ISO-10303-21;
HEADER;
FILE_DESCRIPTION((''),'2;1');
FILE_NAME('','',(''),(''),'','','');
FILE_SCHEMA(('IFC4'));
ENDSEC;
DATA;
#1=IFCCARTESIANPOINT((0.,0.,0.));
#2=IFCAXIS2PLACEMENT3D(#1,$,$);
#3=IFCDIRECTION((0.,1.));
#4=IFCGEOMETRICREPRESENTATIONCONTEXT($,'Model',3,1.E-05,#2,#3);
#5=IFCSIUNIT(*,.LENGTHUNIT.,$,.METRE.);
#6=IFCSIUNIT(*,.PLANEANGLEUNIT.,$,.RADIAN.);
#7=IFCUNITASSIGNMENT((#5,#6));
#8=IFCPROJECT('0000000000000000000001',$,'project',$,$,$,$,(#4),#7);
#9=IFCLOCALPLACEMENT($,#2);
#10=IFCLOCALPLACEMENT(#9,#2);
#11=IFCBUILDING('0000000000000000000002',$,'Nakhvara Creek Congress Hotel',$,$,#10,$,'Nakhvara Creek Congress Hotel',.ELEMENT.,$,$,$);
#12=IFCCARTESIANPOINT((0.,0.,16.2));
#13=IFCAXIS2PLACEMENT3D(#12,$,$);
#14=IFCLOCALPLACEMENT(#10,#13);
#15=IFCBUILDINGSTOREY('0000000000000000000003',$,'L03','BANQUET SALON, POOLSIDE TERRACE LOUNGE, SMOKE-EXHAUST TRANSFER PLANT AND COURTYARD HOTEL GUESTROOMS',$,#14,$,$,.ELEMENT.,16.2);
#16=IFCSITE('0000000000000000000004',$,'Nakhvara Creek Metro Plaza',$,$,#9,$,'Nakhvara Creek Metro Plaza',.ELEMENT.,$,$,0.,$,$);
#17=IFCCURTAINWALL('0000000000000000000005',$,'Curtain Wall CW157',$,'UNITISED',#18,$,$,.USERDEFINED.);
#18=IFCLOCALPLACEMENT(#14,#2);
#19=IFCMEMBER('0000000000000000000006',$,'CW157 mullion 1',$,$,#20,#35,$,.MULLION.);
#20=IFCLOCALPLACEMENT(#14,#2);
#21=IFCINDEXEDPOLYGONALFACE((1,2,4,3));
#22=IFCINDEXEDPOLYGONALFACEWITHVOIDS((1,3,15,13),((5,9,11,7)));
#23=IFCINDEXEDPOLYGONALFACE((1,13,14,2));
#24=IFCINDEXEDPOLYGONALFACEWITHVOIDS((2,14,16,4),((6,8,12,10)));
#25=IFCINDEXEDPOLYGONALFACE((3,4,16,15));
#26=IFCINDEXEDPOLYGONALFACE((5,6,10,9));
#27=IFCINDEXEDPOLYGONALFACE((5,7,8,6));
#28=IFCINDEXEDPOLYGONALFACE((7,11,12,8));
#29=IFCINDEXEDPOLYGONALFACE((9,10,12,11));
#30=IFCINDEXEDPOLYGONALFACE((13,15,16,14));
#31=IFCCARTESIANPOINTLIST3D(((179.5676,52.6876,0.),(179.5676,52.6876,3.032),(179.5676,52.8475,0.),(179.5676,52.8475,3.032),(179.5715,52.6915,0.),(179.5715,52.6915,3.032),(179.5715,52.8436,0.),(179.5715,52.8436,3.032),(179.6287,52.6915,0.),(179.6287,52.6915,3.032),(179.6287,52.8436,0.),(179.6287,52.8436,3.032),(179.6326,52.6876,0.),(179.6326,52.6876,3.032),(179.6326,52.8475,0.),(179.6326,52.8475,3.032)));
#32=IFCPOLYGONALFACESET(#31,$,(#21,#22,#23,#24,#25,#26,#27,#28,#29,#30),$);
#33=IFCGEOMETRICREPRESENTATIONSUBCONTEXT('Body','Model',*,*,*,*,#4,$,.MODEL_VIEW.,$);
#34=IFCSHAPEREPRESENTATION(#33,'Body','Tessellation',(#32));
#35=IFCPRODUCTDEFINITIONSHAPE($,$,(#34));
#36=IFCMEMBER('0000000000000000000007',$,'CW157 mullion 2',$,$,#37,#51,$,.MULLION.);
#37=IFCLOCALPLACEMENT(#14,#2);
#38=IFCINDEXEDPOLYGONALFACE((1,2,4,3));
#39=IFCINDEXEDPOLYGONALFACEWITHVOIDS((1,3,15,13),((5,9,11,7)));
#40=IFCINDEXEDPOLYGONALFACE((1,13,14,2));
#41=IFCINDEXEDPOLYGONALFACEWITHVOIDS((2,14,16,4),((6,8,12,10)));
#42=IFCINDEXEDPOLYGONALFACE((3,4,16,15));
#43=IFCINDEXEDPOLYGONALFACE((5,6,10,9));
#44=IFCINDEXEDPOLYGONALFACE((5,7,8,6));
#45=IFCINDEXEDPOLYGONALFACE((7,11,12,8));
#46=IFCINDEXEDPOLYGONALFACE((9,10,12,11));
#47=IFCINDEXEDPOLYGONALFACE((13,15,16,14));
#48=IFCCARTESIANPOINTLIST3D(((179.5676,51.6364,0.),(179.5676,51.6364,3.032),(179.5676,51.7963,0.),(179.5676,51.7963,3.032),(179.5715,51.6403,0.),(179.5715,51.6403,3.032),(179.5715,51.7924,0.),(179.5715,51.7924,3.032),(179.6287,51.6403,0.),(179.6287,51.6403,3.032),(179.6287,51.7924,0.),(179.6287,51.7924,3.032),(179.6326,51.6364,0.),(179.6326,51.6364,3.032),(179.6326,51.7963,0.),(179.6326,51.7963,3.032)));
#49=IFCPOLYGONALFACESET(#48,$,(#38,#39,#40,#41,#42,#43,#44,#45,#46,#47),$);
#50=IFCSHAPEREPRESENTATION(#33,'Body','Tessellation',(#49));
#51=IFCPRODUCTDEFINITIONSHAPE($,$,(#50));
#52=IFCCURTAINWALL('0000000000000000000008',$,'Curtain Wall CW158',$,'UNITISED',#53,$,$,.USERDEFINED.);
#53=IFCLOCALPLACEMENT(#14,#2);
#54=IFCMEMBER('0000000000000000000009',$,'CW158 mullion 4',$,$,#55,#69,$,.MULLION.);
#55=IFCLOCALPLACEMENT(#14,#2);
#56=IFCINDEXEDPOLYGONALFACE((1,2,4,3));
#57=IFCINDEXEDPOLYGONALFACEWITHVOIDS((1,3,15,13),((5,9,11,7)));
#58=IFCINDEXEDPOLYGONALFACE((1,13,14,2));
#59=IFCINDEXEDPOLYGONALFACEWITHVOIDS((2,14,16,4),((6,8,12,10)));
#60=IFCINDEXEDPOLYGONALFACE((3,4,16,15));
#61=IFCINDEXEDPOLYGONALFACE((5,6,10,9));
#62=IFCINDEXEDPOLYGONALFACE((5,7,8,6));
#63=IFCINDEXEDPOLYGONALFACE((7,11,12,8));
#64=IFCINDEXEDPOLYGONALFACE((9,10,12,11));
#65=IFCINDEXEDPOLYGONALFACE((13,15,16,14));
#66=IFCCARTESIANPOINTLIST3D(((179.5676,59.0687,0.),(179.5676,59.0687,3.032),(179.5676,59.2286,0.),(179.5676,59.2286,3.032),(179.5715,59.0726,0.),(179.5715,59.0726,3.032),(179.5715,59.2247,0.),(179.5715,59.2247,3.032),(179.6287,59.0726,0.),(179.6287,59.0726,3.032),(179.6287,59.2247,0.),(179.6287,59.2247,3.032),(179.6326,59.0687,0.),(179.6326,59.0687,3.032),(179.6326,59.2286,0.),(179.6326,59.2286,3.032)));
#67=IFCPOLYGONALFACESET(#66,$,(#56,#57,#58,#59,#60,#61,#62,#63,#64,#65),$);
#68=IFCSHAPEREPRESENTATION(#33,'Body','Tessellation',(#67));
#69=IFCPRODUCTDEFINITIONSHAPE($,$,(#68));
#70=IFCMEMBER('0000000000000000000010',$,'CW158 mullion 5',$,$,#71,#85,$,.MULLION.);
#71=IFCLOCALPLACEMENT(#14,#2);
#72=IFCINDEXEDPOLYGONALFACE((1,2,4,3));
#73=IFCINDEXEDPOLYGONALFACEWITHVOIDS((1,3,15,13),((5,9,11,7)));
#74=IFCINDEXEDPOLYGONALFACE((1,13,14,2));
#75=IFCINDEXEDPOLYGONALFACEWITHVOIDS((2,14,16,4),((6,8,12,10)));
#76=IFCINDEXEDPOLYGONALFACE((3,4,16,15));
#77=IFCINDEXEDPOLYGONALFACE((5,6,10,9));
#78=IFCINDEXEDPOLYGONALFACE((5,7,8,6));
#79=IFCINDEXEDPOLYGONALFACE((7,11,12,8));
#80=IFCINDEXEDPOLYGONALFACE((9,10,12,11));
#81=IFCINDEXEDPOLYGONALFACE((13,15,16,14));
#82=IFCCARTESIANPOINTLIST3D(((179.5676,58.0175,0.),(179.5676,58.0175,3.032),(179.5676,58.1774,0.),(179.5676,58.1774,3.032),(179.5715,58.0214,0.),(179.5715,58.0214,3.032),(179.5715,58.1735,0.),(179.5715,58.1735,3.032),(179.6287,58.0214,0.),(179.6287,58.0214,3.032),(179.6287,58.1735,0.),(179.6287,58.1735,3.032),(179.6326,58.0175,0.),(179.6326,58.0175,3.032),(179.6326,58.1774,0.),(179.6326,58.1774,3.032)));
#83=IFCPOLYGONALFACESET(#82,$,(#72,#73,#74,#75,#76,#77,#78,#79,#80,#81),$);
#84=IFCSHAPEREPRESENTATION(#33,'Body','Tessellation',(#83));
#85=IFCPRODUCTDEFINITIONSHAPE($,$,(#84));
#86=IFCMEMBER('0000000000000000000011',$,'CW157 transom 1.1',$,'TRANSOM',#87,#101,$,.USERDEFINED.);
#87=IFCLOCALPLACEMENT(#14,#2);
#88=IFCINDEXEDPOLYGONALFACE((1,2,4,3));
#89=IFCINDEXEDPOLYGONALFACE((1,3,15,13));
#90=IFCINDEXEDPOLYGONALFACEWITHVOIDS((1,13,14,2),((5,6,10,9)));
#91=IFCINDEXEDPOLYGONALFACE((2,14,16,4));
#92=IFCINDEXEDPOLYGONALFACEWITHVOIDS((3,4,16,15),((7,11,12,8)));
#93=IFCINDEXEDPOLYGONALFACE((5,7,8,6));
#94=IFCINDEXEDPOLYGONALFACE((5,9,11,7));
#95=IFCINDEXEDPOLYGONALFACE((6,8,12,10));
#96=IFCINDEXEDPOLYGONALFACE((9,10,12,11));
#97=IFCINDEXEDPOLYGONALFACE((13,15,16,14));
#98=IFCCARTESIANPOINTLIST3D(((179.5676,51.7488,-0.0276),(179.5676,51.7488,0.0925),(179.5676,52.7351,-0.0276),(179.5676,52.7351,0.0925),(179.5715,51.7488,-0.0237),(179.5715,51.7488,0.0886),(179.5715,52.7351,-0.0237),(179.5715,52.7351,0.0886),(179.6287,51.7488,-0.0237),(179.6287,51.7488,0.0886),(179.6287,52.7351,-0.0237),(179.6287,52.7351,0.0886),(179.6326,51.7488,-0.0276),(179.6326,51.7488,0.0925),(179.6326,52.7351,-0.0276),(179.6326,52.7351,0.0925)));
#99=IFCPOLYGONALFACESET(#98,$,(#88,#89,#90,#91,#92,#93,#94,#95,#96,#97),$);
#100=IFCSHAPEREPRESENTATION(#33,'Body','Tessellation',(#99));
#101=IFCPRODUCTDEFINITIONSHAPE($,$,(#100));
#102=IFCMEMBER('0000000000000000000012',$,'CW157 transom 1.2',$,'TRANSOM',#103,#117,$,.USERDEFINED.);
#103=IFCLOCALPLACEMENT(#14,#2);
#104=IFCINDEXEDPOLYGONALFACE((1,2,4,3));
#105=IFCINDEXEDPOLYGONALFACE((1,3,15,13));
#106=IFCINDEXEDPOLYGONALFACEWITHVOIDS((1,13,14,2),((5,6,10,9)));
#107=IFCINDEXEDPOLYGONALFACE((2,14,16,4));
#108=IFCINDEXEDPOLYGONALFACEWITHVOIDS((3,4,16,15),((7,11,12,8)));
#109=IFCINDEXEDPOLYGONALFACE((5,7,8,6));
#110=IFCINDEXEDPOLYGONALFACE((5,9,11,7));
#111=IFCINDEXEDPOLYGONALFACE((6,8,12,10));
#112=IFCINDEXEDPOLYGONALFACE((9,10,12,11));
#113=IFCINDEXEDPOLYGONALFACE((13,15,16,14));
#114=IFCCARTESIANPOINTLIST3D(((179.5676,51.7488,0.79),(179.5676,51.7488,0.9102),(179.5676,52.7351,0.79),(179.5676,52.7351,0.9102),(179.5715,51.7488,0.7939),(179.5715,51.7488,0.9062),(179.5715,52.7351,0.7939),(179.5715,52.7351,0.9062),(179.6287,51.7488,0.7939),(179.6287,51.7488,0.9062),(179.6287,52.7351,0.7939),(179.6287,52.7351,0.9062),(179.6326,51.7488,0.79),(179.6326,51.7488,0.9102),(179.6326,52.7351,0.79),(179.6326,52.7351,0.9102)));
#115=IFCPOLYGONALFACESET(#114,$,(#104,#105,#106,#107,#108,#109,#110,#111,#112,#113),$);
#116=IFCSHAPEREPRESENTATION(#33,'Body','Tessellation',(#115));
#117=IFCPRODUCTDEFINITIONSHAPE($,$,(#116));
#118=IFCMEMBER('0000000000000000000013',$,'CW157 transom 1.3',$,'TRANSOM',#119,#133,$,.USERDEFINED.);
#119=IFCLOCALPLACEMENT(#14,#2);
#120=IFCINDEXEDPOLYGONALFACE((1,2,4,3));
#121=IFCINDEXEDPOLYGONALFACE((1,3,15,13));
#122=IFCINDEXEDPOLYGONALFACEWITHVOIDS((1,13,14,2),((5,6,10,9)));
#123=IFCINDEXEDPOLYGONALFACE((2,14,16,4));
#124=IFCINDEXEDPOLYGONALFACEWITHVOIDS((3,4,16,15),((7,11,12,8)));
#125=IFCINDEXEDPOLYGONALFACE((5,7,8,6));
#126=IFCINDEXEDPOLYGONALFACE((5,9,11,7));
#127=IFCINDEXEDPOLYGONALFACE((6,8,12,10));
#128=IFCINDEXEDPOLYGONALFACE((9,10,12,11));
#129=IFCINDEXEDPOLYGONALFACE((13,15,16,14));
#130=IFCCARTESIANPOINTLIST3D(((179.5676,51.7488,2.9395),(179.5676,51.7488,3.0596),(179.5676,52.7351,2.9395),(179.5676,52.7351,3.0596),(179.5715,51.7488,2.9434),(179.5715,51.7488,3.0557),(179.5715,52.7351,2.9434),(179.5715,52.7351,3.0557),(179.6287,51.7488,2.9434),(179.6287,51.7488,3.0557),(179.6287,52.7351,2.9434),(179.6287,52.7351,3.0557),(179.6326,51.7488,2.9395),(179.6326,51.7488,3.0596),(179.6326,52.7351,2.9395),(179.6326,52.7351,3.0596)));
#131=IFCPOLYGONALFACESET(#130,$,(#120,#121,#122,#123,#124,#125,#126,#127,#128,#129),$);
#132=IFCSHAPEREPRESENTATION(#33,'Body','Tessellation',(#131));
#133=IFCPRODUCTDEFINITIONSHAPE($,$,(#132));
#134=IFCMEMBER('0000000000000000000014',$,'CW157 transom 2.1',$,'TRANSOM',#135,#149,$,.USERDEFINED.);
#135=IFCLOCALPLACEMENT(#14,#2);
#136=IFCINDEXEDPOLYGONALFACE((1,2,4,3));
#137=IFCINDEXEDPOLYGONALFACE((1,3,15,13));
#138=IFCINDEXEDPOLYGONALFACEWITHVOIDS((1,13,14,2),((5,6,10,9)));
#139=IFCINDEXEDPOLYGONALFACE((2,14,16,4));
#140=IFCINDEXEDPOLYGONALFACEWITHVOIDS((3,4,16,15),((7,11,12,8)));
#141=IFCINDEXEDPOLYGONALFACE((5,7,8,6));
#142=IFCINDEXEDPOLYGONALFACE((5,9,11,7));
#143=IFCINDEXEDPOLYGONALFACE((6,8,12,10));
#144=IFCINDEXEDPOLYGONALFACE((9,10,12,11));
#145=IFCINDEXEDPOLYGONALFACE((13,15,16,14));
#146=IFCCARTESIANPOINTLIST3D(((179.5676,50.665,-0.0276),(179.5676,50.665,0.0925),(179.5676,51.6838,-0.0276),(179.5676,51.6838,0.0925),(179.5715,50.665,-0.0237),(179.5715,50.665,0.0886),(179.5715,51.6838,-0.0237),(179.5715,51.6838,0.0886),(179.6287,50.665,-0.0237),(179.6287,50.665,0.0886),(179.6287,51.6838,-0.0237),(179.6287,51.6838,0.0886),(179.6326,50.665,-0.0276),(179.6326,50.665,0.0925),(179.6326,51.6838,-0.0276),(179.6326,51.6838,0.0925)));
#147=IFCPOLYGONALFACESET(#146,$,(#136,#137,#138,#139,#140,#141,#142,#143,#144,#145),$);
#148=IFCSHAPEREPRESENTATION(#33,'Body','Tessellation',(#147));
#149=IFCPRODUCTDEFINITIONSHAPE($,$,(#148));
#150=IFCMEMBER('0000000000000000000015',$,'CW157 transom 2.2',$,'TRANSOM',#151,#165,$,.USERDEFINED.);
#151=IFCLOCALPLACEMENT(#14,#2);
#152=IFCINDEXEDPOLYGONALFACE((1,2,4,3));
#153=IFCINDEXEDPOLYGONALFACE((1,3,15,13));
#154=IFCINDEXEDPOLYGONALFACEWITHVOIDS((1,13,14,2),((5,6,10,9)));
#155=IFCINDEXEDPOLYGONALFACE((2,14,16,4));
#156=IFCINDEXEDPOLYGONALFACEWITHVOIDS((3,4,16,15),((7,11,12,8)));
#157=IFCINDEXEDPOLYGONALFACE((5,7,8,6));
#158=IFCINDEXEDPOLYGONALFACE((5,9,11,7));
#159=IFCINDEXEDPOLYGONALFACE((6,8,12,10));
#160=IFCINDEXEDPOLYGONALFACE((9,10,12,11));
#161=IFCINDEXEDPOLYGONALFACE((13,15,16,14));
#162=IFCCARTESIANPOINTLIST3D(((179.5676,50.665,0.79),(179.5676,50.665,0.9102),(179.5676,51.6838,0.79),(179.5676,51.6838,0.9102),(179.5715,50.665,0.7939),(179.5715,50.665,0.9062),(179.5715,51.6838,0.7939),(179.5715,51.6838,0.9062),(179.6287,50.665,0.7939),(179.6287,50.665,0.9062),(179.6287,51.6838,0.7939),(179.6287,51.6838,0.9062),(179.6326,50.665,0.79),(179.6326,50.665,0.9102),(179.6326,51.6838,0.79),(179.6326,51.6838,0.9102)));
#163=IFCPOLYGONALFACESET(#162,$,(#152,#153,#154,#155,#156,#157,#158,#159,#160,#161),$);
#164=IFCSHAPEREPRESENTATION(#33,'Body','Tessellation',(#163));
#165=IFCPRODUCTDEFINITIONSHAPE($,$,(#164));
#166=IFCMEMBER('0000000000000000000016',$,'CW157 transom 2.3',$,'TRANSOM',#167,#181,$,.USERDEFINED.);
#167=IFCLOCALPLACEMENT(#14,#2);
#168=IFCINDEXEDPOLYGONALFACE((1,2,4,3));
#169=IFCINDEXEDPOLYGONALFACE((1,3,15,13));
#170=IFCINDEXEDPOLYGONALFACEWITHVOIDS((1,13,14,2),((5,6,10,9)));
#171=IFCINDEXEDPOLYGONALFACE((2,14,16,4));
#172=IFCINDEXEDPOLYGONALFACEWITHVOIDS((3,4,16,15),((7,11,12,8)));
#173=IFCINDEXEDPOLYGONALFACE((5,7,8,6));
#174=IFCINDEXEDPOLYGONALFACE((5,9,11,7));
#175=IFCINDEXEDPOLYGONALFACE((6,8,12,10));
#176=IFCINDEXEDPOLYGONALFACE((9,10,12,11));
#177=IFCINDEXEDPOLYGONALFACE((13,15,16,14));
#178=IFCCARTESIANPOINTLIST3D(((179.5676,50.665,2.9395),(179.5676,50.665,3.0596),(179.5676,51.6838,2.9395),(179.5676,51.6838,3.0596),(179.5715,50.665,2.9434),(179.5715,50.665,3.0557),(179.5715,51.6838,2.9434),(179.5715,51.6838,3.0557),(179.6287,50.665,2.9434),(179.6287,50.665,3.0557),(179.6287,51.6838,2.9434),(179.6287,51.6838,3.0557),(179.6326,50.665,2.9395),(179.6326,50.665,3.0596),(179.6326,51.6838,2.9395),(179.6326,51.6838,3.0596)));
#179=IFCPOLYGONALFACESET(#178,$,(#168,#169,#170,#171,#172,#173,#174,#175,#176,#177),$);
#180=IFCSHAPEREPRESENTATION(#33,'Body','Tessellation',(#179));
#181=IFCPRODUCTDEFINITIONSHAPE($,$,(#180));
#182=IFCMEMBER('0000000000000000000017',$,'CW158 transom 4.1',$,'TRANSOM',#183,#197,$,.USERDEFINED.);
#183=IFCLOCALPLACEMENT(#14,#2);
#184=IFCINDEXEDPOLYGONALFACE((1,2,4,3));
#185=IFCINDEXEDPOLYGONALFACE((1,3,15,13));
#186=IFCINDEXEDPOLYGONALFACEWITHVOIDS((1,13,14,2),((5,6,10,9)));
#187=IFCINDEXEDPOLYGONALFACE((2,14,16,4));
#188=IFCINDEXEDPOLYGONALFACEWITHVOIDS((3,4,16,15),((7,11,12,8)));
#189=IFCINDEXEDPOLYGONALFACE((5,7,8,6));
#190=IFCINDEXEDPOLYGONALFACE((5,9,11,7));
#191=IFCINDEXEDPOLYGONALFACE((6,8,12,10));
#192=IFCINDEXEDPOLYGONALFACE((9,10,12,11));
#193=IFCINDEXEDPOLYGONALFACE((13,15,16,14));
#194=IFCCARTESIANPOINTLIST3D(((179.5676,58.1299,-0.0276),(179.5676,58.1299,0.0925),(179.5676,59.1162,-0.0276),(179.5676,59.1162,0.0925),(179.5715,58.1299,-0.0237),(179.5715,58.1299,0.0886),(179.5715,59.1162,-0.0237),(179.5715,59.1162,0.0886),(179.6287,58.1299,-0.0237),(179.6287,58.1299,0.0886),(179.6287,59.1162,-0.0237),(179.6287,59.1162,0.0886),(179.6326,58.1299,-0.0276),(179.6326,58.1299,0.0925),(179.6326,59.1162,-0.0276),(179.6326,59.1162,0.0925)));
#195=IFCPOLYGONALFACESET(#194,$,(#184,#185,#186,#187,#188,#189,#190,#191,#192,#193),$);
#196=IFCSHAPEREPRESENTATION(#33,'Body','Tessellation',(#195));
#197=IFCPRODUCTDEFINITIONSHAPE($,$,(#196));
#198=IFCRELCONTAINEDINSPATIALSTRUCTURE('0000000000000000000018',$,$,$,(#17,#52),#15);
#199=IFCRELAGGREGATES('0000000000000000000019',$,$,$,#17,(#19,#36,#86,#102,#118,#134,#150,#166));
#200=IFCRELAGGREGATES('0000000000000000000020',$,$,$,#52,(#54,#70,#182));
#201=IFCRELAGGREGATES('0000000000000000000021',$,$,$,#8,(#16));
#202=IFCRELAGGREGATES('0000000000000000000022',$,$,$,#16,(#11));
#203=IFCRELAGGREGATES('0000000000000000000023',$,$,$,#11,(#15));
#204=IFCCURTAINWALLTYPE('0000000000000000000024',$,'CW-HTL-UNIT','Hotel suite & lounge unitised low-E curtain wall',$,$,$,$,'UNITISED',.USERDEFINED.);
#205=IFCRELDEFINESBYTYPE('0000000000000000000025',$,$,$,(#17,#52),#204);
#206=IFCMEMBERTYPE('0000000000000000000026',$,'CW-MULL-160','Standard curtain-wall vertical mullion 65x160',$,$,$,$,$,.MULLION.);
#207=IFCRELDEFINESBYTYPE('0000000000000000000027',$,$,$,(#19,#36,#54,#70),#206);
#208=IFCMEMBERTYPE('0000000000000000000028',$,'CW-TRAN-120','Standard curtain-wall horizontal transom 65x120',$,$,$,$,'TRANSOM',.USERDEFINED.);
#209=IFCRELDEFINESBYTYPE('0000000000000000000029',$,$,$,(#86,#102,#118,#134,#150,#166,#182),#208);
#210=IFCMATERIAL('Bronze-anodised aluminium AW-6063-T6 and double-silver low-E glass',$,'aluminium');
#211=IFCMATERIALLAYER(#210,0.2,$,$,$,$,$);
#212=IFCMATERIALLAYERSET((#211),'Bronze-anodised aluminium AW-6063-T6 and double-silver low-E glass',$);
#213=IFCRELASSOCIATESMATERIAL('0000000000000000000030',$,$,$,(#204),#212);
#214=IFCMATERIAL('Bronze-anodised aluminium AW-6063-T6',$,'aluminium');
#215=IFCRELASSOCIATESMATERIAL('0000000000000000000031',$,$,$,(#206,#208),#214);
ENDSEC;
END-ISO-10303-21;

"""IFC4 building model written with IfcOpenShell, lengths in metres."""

from ifc_helpers import new_model, si_unit, direction, frame, origin, origin_2d, place, context, subcontext, project, spatial, hollow_rectangle, extrude, material, layer, layer_set, material_profile, profile_set, type_object, element, aggregate, save


model = new_model("IFC4")

# Units and contexts
model_context = context("Model", 3, precision=1e-05, world=origin(), true_north=direction((0.0, 1.0)))
body_context = subcontext(model_context, "Body", "Model", "MODEL_VIEW")
ifc_project = project(units=[si_unit("LENGTHUNIT", "METRE"), si_unit("PLANEANGLEUNIT", "RADIAN")], contexts=[model_context])

# Site, building, storey
site_placement = place(None, origin())
site = spatial("IfcSite", under=ifc_project, at=site_placement, Name="Nakhvara Creek Metro Plaza", LongName="Nakhvara Creek Metro Plaza", CompositionType="ELEMENT", RefElevation=0.0)
building_placement = place(site_placement, origin())
building = spatial("IfcBuilding", under=site, at=building_placement, Name="Nakhvara Creek Congress Hotel", LongName="Nakhvara Creek Congress Hotel", CompositionType="ELEMENT")
storey_placement = place(building_placement, frame((0.0, 0.0, 16.2)))
storey = spatial("IfcBuildingStorey", under=building, at=storey_placement, Name="L03", Description="BANQUET SALON, POOLSIDE TERRACE LOUNGE, SMOKE-EXHAUST TRANSFER PLANT AND COURTYARD HOTEL GUESTROOMS", CompositionType="ELEMENT", Elevation=16.2)

# Curtain walls, members
ifc_material_1 = material(Name="Bronze-anodised aluminium AW-6063-T6 and double-silver low-E glass", Category="aluminium")
ifc_layer = layer(ifc_material_1, 0.2)
ifc_layer_set = layer_set([ifc_layer], Name="Bronze-anodised aluminium AW-6063-T6 and double-silver low-E glass")
curtain_wall_type = type_object("IfcCurtainWallType", Name="CW-HTL-UNIT", Description="Hotel suite & lounge unitised low-E curtain wall", ElementType="UNITISED", PredefinedType="USERDEFINED", material=ifc_layer_set)
curtain_wall_1_placement = place(storey_placement, origin())
curtain_wall_1 = element("IfcCurtainWall", 1, at=curtain_wall_1_placement, inside=storey, type_object=curtain_wall_type, Name="Curtain Wall CW157", ObjectType="UNITISED", PredefinedType="USERDEFINED")
ifc_material_2 = material(Name="Bronze-anodised aluminium AW-6063-T6", Category="aluminium")
ifc_material_profile_1 = material_profile(ifc_material_2, hollow_rectangle(XDim=0.0649, YDim=0.1599, WallThickness=0.0039, at=origin_2d()), Name="ALU-MULL 65x160x4", Category="LoadBearing")
ifc_profile_set_1 = profile_set([ifc_material_profile_1], Name="Bronze-anodised aluminium AW-6063-T6")
member_type_1 = type_object("IfcMemberType", Name="CW-MULL-160", Description="Standard curtain-wall vertical mullion 65x160", PredefinedType="MULLION", material=ifc_profile_set_1)
member_1_placement = place(storey_placement, frame((179.6001, 52.7676, 0.0), z_axis=(0.0, 0.0, 1.0), x_axis=(1.0, 0.0, 0.0)))
member_1 = element("IfcMember", 2, at=member_1_placement, type_object=member_type_1, Name="CW157 mullion 1", PredefinedType="MULLION", context=body_context, shape_type="SweptSolid", body=[
    extrude(hollow_rectangle(XDim=0.0649, YDim=0.1599, WallThickness=0.0039, at=origin_2d()), origin(), (0.0, 0.0, 1.0), 3.032),
])
member_2_placement = place(storey_placement, frame((179.6001, 51.7163, 0.0), z_axis=(0.0, 0.0, 1.0), x_axis=(1.0, 0.0, 0.0)))
member_2 = element("IfcMember", 3, at=member_2_placement, type_object=member_type_1, Name="CW157 mullion 2", PredefinedType="MULLION", context=body_context, shape_type="SweptSolid", body=[
    extrude(hollow_rectangle(XDim=0.0649, YDim=0.1599, WallThickness=0.0039, at=origin_2d()), origin(), (0.0, 0.0, 1.0), 3.032),
])
curtain_wall_2_placement = place(storey_placement, origin())
curtain_wall_2 = element("IfcCurtainWall", 4, at=curtain_wall_2_placement, inside=storey, type_object=curtain_wall_type, Name="Curtain Wall CW158", ObjectType="UNITISED", PredefinedType="USERDEFINED")
member_3_placement = place(storey_placement, frame((179.6001, 59.1487, 0.0), z_axis=(0.0, 0.0, 1.0), x_axis=(1.0, 0.0, 0.0)))
member_3 = element("IfcMember", 5, at=member_3_placement, type_object=member_type_1, Name="CW158 mullion 4", PredefinedType="MULLION", context=body_context, shape_type="SweptSolid", body=[
    extrude(hollow_rectangle(XDim=0.0649, YDim=0.1599, WallThickness=0.0039, at=origin_2d()), origin(), (0.0, 0.0, 1.0), 3.032),
])
member_4_placement = place(storey_placement, frame((179.6001, 58.0974, 0.0), z_axis=(0.0, 0.0, 1.0), x_axis=(1.0, 0.0, 0.0)))
member_4 = element("IfcMember", 6, at=member_4_placement, type_object=member_type_1, Name="CW158 mullion 5", PredefinedType="MULLION", context=body_context, shape_type="SweptSolid", body=[
    extrude(hollow_rectangle(XDim=0.0649, YDim=0.1599, WallThickness=0.0039, at=origin_2d()), origin(), (0.0, 0.0, 1.0), 3.032),
])

# Members
ifc_material_profile_2 = material_profile(ifc_material_2, hollow_rectangle(XDim=0.0649, YDim=0.1201, WallThickness=0.0039, at=origin_2d()), Name="ALU-TRAN 65x120x4", Category="LoadBearing")
ifc_profile_set_2 = profile_set([ifc_material_profile_2], Name="Bronze-anodised aluminium AW-6063-T6")
member_type_2 = type_object("IfcMemberType", Name="CW-TRAN-120", Description="Standard curtain-wall horizontal transom 65x120", ElementType="TRANSOM", PredefinedType="USERDEFINED", material=ifc_profile_set_2)
member_5_placement = place(storey_placement, frame((179.6001, 52.7351, 0.0325), z_axis=(0.0, -1.0, 0.0), x_axis=(1.0, 0.0, 0.0)))
member_5 = element("IfcMember", 7, at=member_5_placement, type_object=member_type_2, Name="CW157 transom 1.1", ObjectType="TRANSOM", PredefinedType="USERDEFINED", context=body_context, shape_type="SweptSolid", body=[
    extrude(hollow_rectangle(XDim=0.0649, YDim=0.1201, WallThickness=0.0039, at=origin_2d()), origin(), (0.0, 0.0, 1.0), 0.9863),
])
member_6_placement = place(storey_placement, frame((179.6001, 52.7351, 0.8501), z_axis=(0.0, -1.0, 0.0), x_axis=(1.0, 0.0, 0.0)))
member_6 = element("IfcMember", 8, at=member_6_placement, type_object=member_type_2, Name="CW157 transom 1.2", ObjectType="TRANSOM", PredefinedType="USERDEFINED", context=body_context, shape_type="SweptSolid", body=[
    extrude(hollow_rectangle(XDim=0.0649, YDim=0.1201, WallThickness=0.0039, at=origin_2d()), origin(), (0.0, 0.0, 1.0), 0.9863),
])
member_7_placement = place(storey_placement, frame((179.6001, 52.7351, 2.9995), z_axis=(0.0, -1.0, 0.0), x_axis=(1.0, 0.0, 0.0)))
member_7 = element("IfcMember", 9, at=member_7_placement, type_object=member_type_2, Name="CW157 transom 1.3", ObjectType="TRANSOM", PredefinedType="USERDEFINED", context=body_context, shape_type="SweptSolid", body=[
    extrude(hollow_rectangle(XDim=0.0649, YDim=0.1201, WallThickness=0.0039, at=origin_2d()), origin(), (0.0, 0.0, 1.0), 0.9863),
])
member_8_placement = place(storey_placement, frame((179.6001, 51.6838, 0.0325), z_axis=(0.0, -1.0, 0.0), x_axis=(1.0, 0.0, 0.0)))
member_8 = element("IfcMember", 10, at=member_8_placement, type_object=member_type_2, Name="CW157 transom 2.1", ObjectType="TRANSOM", PredefinedType="USERDEFINED", context=body_context, shape_type="SweptSolid", body=[
    extrude(hollow_rectangle(XDim=0.0649, YDim=0.1201, WallThickness=0.0039, at=origin_2d()), origin(), (0.0, 0.0, 1.0), 1.0188),
])
member_9_placement = place(storey_placement, frame((179.6001, 51.6838, 0.8501), z_axis=(0.0, -1.0, 0.0), x_axis=(1.0, 0.0, 0.0)))
member_9 = element("IfcMember", 11, at=member_9_placement, type_object=member_type_2, Name="CW157 transom 2.2", ObjectType="TRANSOM", PredefinedType="USERDEFINED", context=body_context, shape_type="SweptSolid", body=[
    extrude(hollow_rectangle(XDim=0.0649, YDim=0.1201, WallThickness=0.0039, at=origin_2d()), origin(), (0.0, 0.0, 1.0), 1.0188),
])
member_10_placement = place(storey_placement, frame((179.6001, 51.6838, 2.9995), z_axis=(0.0, -1.0, 0.0), x_axis=(1.0, 0.0, 0.0)))
member_10 = element("IfcMember", 12, at=member_10_placement, type_object=member_type_2, Name="CW157 transom 2.3", ObjectType="TRANSOM", PredefinedType="USERDEFINED", context=body_context, shape_type="SweptSolid", body=[
    extrude(hollow_rectangle(XDim=0.0649, YDim=0.1201, WallThickness=0.0039, at=origin_2d()), origin(), (0.0, 0.0, 1.0), 1.0188),
])
member_11_placement = place(storey_placement, frame((179.6001, 59.1162, 0.0325), z_axis=(0.0, -1.0, 0.0), x_axis=(1.0, 0.0, 0.0)))
member_11 = element("IfcMember", 13, at=member_11_placement, type_object=member_type_2, Name="CW158 transom 4.1", ObjectType="TRANSOM", PredefinedType="USERDEFINED", context=body_context, shape_type="SweptSolid", body=[
    extrude(hollow_rectangle(XDim=0.0649, YDim=0.1201, WallThickness=0.0039, at=origin_2d()), origin(), (0.0, 0.0, 1.0), 0.9863),
])

aggregate(curtain_wall_1, [member_1, member_2, member_5, member_6, member_7, member_8, member_9, member_10])
aggregate(curtain_wall_2, [member_3, member_4, member_11])

save(model, "model.ifc")
